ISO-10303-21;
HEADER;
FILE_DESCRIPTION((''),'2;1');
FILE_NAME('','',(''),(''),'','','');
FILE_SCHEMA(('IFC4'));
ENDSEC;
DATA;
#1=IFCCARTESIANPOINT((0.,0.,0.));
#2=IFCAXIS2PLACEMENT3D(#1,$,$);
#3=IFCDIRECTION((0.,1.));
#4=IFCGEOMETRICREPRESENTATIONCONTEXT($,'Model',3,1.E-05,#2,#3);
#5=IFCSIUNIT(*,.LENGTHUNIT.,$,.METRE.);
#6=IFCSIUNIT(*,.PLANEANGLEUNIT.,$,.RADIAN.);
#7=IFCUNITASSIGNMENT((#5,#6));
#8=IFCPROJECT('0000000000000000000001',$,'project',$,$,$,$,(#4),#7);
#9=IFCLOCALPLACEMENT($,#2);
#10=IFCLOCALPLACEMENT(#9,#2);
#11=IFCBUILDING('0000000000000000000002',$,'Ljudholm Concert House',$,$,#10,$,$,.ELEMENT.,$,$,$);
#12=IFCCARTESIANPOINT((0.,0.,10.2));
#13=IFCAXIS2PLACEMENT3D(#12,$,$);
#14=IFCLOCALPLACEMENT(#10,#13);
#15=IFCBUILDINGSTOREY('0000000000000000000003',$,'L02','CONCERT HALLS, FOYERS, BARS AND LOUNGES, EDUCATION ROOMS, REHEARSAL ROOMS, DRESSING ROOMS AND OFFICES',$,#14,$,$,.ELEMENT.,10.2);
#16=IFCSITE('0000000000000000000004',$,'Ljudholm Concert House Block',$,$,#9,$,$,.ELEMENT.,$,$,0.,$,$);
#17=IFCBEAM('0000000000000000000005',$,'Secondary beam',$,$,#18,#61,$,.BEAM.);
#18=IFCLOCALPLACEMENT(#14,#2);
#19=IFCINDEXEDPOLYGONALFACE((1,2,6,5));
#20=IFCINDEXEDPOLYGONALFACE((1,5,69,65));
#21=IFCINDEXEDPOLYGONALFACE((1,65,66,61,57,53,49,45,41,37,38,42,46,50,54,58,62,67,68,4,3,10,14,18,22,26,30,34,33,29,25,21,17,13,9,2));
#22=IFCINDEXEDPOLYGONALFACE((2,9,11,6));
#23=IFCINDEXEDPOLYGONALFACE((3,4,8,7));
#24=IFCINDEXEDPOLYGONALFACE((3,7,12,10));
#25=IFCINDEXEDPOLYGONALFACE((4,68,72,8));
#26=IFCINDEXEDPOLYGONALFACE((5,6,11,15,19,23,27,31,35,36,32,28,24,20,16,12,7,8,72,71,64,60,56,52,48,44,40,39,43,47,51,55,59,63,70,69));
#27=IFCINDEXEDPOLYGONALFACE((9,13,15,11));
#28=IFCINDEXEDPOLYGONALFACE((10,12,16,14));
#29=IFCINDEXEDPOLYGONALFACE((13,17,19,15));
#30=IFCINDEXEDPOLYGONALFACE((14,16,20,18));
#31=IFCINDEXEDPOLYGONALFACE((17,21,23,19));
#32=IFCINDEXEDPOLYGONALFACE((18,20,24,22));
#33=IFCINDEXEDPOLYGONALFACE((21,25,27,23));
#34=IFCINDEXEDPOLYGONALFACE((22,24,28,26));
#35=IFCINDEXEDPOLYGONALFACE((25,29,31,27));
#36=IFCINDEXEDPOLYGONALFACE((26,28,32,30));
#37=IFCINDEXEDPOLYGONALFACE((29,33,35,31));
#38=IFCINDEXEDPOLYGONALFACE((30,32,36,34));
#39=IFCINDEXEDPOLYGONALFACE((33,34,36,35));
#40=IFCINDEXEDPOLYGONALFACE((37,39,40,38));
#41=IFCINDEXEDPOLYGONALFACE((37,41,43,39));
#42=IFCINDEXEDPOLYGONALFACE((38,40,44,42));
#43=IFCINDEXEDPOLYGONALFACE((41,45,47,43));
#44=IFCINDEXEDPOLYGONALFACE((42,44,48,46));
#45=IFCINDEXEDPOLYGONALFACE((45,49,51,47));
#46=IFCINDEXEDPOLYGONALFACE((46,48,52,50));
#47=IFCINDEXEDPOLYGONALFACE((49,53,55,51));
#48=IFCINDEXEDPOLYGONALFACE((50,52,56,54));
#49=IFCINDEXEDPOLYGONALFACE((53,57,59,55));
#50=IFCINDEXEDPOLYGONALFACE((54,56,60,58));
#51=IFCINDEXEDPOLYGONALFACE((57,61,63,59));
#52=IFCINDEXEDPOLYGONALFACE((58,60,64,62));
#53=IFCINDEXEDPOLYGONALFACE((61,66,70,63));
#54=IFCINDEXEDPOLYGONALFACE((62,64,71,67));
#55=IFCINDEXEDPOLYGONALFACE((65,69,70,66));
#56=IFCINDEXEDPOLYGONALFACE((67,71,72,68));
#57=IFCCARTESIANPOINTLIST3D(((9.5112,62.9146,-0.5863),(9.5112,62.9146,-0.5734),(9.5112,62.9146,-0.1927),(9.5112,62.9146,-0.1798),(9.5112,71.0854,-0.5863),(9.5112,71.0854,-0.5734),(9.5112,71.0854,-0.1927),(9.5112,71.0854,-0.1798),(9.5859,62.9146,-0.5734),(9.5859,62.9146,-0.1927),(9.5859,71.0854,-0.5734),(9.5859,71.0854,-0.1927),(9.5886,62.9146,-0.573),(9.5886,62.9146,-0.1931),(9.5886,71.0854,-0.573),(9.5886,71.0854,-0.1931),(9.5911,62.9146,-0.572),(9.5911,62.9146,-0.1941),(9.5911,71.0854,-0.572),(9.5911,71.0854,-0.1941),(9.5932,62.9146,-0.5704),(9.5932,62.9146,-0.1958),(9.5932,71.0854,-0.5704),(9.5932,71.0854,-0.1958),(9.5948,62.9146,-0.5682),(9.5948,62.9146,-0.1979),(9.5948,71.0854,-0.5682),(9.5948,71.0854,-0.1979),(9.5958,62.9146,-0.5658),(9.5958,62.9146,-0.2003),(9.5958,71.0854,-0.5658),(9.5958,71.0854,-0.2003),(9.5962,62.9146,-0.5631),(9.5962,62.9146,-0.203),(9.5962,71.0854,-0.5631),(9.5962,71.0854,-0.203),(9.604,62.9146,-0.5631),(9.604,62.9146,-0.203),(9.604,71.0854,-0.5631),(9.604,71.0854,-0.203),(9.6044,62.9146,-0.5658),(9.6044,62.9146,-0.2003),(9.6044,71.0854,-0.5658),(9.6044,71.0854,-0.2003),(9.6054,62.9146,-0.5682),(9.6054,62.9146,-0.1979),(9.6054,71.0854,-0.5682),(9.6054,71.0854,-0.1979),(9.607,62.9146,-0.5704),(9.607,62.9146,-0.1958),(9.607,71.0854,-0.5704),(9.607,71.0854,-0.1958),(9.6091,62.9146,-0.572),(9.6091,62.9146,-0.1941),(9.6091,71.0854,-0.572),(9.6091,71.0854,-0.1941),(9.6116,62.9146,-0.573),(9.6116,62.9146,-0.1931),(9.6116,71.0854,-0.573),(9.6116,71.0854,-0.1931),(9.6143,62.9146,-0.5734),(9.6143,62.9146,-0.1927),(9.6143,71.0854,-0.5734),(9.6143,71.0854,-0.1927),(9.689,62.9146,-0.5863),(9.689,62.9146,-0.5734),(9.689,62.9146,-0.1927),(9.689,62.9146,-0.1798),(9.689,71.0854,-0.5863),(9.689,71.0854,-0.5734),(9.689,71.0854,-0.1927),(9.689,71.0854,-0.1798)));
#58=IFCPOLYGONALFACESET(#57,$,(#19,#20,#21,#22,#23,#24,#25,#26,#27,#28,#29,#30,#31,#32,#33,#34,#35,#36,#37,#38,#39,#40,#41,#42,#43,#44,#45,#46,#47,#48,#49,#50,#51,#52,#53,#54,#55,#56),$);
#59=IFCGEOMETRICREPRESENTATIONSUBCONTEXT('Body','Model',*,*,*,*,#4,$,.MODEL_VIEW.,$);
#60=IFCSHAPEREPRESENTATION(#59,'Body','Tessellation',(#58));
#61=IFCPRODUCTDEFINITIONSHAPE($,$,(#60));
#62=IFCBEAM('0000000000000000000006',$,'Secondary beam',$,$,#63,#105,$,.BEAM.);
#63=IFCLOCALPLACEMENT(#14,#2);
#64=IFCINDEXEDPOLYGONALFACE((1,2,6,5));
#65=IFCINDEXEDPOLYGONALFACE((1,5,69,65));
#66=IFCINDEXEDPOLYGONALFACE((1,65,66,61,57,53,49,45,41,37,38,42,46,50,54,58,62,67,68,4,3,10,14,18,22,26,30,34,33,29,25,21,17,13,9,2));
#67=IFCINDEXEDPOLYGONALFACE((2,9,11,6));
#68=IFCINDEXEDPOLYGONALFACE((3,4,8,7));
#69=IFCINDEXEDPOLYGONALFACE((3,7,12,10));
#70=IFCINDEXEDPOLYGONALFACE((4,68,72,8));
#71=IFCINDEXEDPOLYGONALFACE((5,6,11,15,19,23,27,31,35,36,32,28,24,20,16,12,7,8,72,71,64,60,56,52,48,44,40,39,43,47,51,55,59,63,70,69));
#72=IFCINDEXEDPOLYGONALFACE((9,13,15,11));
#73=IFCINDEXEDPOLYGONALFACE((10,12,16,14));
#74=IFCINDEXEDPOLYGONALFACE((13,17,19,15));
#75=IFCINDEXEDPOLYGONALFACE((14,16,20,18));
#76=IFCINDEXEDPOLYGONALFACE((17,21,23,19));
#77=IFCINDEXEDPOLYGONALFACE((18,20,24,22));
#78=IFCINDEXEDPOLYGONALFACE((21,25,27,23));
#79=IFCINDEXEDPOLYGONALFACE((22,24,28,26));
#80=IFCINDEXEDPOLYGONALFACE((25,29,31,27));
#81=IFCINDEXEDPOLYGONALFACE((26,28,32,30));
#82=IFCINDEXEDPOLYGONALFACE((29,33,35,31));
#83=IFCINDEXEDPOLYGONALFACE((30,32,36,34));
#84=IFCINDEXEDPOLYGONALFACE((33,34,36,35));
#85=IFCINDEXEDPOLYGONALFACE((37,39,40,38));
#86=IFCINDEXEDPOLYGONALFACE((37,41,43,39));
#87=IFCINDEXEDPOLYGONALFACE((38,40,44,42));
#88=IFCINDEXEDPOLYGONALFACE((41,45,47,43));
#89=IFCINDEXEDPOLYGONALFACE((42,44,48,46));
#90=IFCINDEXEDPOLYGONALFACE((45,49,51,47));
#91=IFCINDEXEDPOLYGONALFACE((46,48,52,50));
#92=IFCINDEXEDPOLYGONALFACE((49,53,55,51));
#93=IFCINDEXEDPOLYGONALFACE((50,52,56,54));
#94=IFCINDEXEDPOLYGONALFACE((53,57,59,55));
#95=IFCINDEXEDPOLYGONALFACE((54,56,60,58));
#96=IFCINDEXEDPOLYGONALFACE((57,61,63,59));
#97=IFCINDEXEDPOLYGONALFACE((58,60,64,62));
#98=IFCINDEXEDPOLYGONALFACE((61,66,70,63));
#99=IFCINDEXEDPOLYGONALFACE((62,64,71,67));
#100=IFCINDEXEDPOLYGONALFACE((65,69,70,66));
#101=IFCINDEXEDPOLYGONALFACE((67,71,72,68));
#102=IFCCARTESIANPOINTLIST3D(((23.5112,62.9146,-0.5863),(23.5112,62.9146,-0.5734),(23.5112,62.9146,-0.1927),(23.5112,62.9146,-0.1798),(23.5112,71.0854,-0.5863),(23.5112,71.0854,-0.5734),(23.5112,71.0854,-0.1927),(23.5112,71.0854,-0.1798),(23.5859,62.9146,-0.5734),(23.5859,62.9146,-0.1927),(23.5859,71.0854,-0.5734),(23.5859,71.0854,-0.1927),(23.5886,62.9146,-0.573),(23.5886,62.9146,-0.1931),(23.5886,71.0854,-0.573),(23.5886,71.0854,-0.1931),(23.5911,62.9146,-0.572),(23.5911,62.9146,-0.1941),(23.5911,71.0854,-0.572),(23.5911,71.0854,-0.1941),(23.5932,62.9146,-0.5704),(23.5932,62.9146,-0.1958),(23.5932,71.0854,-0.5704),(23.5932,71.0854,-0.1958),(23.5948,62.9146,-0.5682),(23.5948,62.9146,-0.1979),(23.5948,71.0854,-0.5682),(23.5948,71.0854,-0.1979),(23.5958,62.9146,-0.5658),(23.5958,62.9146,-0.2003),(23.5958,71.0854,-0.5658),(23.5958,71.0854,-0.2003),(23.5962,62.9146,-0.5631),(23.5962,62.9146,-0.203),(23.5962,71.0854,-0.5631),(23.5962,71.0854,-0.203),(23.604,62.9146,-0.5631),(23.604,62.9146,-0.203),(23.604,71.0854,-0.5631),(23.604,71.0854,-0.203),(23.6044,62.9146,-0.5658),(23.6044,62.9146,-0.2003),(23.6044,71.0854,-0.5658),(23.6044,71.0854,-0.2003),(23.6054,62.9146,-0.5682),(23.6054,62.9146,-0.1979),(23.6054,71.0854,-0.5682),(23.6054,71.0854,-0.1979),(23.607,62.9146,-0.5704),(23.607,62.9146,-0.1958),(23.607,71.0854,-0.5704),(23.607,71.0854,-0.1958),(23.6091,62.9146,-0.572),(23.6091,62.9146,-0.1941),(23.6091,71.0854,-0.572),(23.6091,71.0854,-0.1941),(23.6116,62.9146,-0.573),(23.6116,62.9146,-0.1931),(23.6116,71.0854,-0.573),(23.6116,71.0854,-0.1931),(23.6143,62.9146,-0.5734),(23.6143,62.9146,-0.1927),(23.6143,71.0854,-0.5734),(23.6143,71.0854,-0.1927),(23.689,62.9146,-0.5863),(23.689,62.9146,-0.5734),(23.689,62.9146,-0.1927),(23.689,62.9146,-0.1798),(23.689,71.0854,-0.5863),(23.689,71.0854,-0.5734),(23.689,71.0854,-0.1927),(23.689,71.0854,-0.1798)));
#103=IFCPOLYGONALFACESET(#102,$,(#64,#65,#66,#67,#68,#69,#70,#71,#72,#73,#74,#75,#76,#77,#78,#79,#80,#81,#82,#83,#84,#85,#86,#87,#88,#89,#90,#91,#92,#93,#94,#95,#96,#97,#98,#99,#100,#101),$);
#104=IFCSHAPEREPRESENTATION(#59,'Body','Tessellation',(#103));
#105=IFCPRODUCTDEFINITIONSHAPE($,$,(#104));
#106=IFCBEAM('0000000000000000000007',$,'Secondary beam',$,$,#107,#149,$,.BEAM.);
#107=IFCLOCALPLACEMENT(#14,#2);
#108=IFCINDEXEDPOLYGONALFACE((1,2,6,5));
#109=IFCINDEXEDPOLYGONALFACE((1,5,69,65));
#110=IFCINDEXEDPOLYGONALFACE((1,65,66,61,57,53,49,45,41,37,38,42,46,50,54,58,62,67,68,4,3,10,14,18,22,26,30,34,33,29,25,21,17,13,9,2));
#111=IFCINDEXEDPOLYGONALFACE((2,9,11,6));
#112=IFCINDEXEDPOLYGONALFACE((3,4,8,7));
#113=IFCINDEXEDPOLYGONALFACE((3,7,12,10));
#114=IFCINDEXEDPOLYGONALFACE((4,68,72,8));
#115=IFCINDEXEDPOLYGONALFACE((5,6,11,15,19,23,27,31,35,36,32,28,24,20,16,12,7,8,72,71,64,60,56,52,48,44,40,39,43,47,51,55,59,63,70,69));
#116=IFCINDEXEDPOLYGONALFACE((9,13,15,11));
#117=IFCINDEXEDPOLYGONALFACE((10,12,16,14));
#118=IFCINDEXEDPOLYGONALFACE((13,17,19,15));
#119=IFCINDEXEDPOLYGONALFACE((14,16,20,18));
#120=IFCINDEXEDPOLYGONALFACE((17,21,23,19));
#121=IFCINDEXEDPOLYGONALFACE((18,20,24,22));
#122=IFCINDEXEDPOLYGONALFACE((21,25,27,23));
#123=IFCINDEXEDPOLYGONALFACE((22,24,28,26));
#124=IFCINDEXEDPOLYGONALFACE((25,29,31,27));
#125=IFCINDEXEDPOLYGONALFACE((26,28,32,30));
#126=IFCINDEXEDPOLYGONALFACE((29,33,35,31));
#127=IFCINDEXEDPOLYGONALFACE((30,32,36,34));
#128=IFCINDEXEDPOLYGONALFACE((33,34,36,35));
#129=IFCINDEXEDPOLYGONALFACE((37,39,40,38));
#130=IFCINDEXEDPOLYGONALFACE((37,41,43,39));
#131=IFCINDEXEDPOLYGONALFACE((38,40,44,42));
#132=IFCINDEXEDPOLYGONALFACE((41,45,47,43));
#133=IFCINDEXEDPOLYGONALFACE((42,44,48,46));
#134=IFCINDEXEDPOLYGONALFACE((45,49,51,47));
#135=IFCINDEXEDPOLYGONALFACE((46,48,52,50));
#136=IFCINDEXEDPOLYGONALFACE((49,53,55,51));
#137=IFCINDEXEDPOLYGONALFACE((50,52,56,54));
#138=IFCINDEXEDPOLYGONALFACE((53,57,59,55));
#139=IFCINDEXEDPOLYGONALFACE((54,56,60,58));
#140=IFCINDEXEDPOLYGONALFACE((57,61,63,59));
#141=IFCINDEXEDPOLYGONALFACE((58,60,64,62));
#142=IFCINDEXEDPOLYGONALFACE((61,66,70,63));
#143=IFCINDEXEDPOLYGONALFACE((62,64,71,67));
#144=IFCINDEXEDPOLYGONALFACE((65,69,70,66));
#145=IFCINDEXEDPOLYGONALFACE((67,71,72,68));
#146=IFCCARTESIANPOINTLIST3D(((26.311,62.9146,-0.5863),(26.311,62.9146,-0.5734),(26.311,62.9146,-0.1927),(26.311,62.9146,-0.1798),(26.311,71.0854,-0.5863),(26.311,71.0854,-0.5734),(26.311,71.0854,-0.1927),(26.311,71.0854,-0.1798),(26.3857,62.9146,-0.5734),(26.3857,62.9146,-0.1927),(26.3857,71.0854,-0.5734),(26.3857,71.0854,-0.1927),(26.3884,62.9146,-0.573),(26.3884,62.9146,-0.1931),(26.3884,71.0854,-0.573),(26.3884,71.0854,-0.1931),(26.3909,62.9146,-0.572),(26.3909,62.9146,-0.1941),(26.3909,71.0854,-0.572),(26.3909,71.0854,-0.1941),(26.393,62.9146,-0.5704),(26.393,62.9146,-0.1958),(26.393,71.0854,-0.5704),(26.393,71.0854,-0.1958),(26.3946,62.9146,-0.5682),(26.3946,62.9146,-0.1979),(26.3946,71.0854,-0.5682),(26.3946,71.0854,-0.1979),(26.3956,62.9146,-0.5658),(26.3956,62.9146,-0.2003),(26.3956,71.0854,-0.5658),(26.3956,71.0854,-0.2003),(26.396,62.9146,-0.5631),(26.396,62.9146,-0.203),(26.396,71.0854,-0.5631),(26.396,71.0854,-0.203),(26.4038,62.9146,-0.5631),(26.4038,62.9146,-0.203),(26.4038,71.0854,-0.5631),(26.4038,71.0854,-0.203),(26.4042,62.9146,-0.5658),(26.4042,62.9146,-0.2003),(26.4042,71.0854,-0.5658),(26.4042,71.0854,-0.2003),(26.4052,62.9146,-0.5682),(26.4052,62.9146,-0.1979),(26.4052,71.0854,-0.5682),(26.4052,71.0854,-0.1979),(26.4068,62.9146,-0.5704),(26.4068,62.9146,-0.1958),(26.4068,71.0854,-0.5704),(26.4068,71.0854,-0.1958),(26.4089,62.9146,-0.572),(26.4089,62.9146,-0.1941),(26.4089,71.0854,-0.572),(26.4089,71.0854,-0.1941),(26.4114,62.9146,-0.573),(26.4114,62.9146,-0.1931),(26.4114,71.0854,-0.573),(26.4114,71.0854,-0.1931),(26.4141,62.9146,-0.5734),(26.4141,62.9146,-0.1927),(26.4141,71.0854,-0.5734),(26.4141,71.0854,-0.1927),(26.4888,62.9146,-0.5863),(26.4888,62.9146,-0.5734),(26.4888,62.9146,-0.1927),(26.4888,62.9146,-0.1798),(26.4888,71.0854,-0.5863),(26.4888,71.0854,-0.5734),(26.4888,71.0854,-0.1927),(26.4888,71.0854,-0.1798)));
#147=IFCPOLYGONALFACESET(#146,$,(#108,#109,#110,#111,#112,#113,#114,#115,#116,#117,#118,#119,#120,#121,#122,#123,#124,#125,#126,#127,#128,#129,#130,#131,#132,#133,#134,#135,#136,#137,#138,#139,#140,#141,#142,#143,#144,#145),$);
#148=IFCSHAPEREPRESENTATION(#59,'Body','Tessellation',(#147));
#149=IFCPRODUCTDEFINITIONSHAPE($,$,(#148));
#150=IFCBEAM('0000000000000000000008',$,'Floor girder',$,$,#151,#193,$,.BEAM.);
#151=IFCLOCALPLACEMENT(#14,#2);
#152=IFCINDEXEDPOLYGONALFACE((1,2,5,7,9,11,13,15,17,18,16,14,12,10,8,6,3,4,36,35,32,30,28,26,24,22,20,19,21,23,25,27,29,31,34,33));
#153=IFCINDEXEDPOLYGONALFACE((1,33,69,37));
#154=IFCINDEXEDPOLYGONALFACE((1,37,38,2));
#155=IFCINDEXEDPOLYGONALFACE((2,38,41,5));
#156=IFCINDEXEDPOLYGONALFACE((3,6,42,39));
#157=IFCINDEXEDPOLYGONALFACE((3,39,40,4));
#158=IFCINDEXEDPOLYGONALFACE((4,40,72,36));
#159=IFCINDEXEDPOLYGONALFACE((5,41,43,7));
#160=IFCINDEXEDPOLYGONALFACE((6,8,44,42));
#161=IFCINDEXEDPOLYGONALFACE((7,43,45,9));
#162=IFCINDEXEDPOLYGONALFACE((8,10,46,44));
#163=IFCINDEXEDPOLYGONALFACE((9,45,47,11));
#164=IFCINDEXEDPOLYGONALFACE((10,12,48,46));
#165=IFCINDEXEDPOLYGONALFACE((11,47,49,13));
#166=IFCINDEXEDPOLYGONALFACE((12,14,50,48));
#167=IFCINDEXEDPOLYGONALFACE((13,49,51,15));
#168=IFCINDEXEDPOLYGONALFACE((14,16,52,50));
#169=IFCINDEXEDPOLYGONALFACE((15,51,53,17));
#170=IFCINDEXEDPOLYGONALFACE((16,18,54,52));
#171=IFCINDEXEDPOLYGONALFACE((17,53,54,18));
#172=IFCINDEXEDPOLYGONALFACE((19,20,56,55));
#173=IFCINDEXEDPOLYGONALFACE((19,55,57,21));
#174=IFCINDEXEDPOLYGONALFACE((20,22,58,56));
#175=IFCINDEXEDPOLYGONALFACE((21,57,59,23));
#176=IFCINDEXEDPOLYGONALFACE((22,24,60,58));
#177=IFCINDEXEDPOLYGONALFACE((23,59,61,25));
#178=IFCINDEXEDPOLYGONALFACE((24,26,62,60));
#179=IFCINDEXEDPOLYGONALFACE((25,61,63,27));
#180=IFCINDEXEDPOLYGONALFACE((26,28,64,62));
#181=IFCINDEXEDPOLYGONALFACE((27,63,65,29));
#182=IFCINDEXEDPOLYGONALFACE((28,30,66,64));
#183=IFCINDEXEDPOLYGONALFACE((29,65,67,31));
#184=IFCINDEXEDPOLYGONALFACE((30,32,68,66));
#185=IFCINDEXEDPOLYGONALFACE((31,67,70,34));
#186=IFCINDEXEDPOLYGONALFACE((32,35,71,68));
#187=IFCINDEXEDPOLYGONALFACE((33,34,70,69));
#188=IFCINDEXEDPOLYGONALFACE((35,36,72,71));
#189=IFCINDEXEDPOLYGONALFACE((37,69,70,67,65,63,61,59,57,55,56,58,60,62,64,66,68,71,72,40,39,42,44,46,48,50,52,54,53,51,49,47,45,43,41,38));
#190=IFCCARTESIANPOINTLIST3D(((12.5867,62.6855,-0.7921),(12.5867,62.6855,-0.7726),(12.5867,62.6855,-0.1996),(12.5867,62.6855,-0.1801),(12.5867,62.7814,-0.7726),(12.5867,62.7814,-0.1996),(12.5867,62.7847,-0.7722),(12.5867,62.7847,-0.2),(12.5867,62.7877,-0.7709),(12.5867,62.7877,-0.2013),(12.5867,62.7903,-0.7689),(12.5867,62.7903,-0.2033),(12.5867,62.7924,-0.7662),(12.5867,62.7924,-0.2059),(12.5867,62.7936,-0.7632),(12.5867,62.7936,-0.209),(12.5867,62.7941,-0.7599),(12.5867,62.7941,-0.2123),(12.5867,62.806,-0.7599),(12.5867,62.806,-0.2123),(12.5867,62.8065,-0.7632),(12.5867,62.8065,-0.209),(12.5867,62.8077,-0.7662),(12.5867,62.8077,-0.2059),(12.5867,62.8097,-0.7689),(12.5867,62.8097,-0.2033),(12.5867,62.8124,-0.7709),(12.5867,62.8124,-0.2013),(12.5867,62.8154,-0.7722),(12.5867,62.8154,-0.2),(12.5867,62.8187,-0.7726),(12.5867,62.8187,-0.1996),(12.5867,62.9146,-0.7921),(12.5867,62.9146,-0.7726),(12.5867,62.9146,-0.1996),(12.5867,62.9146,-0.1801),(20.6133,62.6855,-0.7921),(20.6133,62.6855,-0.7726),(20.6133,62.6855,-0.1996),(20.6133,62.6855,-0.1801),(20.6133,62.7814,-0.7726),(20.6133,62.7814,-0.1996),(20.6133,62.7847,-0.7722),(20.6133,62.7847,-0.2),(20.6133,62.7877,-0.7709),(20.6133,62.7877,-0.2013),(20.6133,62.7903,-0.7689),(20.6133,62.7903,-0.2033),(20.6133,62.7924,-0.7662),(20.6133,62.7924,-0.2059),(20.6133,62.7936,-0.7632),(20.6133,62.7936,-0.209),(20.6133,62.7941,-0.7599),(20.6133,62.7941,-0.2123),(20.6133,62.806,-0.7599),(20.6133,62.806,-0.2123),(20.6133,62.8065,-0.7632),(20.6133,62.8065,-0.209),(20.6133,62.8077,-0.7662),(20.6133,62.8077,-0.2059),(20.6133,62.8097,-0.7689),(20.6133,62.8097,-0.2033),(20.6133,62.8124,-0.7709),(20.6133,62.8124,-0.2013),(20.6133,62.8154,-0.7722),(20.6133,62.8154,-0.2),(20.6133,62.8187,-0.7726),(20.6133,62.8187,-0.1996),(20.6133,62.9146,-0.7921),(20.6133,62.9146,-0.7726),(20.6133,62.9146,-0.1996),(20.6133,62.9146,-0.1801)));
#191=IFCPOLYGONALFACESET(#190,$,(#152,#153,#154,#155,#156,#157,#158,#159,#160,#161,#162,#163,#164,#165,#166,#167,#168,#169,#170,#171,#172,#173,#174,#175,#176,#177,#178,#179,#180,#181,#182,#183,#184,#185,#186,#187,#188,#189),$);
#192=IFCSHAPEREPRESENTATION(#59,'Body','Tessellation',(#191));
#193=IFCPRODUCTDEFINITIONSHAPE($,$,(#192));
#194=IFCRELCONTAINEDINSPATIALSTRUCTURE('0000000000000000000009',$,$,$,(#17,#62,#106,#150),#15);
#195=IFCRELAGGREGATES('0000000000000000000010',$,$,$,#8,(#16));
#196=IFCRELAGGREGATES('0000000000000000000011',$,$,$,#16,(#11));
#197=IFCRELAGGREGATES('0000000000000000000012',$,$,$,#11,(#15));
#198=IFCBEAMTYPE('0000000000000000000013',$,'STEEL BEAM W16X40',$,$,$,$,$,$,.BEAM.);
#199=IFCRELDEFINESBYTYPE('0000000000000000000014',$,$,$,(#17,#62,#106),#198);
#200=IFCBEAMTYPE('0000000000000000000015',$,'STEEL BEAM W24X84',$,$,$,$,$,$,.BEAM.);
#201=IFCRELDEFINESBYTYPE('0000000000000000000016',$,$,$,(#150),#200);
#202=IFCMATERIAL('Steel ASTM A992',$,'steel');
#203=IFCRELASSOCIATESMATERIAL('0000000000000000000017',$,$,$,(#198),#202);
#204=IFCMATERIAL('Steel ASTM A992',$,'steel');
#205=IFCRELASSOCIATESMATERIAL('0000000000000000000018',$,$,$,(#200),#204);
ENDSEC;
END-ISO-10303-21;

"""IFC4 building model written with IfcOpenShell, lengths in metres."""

from ifc_helpers import new_model, si_unit, direction, frame, origin, origin_2d, place, context, subcontext, project, spatial, i_section, extrude, material, material_profile, profile_set, type_object, element, save


model = new_model("IFC4")

# Units and contexts
model_context = context("Model", 3, precision=1e-05, world=origin(), true_north=direction((0.0, 1.0)))
body_context = subcontext(model_context, "Body", "Model", "MODEL_VIEW")
ifc_project = project(units=[si_unit("LENGTHUNIT", "METRE"), si_unit("PLANEANGLEUNIT", "RADIAN")], contexts=[model_context])

# Site, building, storey
site_placement = place(None, origin())
site = spatial("IfcSite", under=ifc_project, at=site_placement, Name="Ljudholm Concert House Block", CompositionType="ELEMENT", RefElevation=0.0)
building_placement = place(site_placement, origin())
building = spatial("IfcBuilding", under=site, at=building_placement, Name="Ljudholm Concert House", CompositionType="ELEMENT")
storey_placement = place(building_placement, frame((0.0, 0.0, 10.2)))
storey = spatial("IfcBuildingStorey", under=building, at=storey_placement, Name="L02", Description="CONCERT HALLS, FOYERS, BARS AND LOUNGES, EDUCATION ROOMS, REHEARSAL ROOMS, DRESSING ROOMS AND OFFICES", CompositionType="ELEMENT", Elevation=10.2)

# Beams
ifc_material_1 = material(Name="Steel ASTM A992", Category="steel")
ifc_material_profile_1 = material_profile(ifc_material_1, i_section(OverallWidth=0.1777, OverallDepth=0.4065, WebThickness=0.0078, FlangeThickness=0.0129, FilletRadius=0.0103, at=origin_2d()), Name="W16X40")
ifc_profile_set_1 = profile_set([ifc_material_profile_1], Name="Steel ASTM A992")
beam_type_1 = type_object("IfcBeamType", Name="STEEL BEAM W16X40", PredefinedType="BEAM", material=ifc_profile_set_1)
for number, where, z_axis, x_axis, name in (
    (1, (9.6001, 62.9146, -0.3831), (0.0, 1.0, 0.0), (-1.0, 0.0, 0.0), "Secondary beam"),
    (2, (23.6001, 62.9146, -0.3831), (0.0, 1.0, 0.0), (-1.0, 0.0, 0.0), "Secondary beam"),
    (3, (26.3999, 62.9146, -0.3831), (0.0, 1.0, 0.0), (-1.0, 0.0, 0.0), "Secondary beam"),
):
    element("IfcBeam", number, at=place(storey_placement, frame(where, z_axis=z_axis, x_axis=x_axis)), inside=storey, type_object=beam_type_1, Name=name, PredefinedType="BEAM", context=body_context, shape_type="SweptSolid", body=[
        extrude(i_section(OverallWidth=0.1777, OverallDepth=0.4065, WebThickness=0.0078, FlangeThickness=0.0129, FilletRadius=0.0103, at=origin_2d()), origin(), (0.0, 0.0, 1.0), 8.1709),
    ])
ifc_material_2 = material(Name="Steel ASTM A992", Category="steel")
ifc_material_profile_2 = material_profile(ifc_material_2, i_section(OverallWidth=0.229, OverallDepth=0.6121, WebThickness=0.012, FlangeThickness=0.0195, FilletRadius=0.0127, at=origin_2d()), Name="W24X84")
ifc_profile_set_2 = profile_set([ifc_material_profile_2], Name="Steel ASTM A992")
beam_type_2 = type_object("IfcBeamType", Name="STEEL BEAM W24X84", PredefinedType="BEAM", material=ifc_profile_set_2)
beam_1_placement = place(storey_placement, frame((12.5867, 62.8, -0.4861), z_axis=(1.0, 0.0, 0.0), x_axis=(0.0, 1.0, 0.0)))
element("IfcBeam", 4, at=beam_1_placement, inside=storey, type_object=beam_type_2, Name="Floor girder", PredefinedType="BEAM", context=body_context, shape_type="SweptSolid", body=[
    extrude(i_section(OverallWidth=0.229, OverallDepth=0.6121, WebThickness=0.012, FlangeThickness=0.0195, FilletRadius=0.0127, at=origin_2d()), origin(), (0.0, 0.0, 1.0), 8.0266),
])

save(model, "model.ifc")
